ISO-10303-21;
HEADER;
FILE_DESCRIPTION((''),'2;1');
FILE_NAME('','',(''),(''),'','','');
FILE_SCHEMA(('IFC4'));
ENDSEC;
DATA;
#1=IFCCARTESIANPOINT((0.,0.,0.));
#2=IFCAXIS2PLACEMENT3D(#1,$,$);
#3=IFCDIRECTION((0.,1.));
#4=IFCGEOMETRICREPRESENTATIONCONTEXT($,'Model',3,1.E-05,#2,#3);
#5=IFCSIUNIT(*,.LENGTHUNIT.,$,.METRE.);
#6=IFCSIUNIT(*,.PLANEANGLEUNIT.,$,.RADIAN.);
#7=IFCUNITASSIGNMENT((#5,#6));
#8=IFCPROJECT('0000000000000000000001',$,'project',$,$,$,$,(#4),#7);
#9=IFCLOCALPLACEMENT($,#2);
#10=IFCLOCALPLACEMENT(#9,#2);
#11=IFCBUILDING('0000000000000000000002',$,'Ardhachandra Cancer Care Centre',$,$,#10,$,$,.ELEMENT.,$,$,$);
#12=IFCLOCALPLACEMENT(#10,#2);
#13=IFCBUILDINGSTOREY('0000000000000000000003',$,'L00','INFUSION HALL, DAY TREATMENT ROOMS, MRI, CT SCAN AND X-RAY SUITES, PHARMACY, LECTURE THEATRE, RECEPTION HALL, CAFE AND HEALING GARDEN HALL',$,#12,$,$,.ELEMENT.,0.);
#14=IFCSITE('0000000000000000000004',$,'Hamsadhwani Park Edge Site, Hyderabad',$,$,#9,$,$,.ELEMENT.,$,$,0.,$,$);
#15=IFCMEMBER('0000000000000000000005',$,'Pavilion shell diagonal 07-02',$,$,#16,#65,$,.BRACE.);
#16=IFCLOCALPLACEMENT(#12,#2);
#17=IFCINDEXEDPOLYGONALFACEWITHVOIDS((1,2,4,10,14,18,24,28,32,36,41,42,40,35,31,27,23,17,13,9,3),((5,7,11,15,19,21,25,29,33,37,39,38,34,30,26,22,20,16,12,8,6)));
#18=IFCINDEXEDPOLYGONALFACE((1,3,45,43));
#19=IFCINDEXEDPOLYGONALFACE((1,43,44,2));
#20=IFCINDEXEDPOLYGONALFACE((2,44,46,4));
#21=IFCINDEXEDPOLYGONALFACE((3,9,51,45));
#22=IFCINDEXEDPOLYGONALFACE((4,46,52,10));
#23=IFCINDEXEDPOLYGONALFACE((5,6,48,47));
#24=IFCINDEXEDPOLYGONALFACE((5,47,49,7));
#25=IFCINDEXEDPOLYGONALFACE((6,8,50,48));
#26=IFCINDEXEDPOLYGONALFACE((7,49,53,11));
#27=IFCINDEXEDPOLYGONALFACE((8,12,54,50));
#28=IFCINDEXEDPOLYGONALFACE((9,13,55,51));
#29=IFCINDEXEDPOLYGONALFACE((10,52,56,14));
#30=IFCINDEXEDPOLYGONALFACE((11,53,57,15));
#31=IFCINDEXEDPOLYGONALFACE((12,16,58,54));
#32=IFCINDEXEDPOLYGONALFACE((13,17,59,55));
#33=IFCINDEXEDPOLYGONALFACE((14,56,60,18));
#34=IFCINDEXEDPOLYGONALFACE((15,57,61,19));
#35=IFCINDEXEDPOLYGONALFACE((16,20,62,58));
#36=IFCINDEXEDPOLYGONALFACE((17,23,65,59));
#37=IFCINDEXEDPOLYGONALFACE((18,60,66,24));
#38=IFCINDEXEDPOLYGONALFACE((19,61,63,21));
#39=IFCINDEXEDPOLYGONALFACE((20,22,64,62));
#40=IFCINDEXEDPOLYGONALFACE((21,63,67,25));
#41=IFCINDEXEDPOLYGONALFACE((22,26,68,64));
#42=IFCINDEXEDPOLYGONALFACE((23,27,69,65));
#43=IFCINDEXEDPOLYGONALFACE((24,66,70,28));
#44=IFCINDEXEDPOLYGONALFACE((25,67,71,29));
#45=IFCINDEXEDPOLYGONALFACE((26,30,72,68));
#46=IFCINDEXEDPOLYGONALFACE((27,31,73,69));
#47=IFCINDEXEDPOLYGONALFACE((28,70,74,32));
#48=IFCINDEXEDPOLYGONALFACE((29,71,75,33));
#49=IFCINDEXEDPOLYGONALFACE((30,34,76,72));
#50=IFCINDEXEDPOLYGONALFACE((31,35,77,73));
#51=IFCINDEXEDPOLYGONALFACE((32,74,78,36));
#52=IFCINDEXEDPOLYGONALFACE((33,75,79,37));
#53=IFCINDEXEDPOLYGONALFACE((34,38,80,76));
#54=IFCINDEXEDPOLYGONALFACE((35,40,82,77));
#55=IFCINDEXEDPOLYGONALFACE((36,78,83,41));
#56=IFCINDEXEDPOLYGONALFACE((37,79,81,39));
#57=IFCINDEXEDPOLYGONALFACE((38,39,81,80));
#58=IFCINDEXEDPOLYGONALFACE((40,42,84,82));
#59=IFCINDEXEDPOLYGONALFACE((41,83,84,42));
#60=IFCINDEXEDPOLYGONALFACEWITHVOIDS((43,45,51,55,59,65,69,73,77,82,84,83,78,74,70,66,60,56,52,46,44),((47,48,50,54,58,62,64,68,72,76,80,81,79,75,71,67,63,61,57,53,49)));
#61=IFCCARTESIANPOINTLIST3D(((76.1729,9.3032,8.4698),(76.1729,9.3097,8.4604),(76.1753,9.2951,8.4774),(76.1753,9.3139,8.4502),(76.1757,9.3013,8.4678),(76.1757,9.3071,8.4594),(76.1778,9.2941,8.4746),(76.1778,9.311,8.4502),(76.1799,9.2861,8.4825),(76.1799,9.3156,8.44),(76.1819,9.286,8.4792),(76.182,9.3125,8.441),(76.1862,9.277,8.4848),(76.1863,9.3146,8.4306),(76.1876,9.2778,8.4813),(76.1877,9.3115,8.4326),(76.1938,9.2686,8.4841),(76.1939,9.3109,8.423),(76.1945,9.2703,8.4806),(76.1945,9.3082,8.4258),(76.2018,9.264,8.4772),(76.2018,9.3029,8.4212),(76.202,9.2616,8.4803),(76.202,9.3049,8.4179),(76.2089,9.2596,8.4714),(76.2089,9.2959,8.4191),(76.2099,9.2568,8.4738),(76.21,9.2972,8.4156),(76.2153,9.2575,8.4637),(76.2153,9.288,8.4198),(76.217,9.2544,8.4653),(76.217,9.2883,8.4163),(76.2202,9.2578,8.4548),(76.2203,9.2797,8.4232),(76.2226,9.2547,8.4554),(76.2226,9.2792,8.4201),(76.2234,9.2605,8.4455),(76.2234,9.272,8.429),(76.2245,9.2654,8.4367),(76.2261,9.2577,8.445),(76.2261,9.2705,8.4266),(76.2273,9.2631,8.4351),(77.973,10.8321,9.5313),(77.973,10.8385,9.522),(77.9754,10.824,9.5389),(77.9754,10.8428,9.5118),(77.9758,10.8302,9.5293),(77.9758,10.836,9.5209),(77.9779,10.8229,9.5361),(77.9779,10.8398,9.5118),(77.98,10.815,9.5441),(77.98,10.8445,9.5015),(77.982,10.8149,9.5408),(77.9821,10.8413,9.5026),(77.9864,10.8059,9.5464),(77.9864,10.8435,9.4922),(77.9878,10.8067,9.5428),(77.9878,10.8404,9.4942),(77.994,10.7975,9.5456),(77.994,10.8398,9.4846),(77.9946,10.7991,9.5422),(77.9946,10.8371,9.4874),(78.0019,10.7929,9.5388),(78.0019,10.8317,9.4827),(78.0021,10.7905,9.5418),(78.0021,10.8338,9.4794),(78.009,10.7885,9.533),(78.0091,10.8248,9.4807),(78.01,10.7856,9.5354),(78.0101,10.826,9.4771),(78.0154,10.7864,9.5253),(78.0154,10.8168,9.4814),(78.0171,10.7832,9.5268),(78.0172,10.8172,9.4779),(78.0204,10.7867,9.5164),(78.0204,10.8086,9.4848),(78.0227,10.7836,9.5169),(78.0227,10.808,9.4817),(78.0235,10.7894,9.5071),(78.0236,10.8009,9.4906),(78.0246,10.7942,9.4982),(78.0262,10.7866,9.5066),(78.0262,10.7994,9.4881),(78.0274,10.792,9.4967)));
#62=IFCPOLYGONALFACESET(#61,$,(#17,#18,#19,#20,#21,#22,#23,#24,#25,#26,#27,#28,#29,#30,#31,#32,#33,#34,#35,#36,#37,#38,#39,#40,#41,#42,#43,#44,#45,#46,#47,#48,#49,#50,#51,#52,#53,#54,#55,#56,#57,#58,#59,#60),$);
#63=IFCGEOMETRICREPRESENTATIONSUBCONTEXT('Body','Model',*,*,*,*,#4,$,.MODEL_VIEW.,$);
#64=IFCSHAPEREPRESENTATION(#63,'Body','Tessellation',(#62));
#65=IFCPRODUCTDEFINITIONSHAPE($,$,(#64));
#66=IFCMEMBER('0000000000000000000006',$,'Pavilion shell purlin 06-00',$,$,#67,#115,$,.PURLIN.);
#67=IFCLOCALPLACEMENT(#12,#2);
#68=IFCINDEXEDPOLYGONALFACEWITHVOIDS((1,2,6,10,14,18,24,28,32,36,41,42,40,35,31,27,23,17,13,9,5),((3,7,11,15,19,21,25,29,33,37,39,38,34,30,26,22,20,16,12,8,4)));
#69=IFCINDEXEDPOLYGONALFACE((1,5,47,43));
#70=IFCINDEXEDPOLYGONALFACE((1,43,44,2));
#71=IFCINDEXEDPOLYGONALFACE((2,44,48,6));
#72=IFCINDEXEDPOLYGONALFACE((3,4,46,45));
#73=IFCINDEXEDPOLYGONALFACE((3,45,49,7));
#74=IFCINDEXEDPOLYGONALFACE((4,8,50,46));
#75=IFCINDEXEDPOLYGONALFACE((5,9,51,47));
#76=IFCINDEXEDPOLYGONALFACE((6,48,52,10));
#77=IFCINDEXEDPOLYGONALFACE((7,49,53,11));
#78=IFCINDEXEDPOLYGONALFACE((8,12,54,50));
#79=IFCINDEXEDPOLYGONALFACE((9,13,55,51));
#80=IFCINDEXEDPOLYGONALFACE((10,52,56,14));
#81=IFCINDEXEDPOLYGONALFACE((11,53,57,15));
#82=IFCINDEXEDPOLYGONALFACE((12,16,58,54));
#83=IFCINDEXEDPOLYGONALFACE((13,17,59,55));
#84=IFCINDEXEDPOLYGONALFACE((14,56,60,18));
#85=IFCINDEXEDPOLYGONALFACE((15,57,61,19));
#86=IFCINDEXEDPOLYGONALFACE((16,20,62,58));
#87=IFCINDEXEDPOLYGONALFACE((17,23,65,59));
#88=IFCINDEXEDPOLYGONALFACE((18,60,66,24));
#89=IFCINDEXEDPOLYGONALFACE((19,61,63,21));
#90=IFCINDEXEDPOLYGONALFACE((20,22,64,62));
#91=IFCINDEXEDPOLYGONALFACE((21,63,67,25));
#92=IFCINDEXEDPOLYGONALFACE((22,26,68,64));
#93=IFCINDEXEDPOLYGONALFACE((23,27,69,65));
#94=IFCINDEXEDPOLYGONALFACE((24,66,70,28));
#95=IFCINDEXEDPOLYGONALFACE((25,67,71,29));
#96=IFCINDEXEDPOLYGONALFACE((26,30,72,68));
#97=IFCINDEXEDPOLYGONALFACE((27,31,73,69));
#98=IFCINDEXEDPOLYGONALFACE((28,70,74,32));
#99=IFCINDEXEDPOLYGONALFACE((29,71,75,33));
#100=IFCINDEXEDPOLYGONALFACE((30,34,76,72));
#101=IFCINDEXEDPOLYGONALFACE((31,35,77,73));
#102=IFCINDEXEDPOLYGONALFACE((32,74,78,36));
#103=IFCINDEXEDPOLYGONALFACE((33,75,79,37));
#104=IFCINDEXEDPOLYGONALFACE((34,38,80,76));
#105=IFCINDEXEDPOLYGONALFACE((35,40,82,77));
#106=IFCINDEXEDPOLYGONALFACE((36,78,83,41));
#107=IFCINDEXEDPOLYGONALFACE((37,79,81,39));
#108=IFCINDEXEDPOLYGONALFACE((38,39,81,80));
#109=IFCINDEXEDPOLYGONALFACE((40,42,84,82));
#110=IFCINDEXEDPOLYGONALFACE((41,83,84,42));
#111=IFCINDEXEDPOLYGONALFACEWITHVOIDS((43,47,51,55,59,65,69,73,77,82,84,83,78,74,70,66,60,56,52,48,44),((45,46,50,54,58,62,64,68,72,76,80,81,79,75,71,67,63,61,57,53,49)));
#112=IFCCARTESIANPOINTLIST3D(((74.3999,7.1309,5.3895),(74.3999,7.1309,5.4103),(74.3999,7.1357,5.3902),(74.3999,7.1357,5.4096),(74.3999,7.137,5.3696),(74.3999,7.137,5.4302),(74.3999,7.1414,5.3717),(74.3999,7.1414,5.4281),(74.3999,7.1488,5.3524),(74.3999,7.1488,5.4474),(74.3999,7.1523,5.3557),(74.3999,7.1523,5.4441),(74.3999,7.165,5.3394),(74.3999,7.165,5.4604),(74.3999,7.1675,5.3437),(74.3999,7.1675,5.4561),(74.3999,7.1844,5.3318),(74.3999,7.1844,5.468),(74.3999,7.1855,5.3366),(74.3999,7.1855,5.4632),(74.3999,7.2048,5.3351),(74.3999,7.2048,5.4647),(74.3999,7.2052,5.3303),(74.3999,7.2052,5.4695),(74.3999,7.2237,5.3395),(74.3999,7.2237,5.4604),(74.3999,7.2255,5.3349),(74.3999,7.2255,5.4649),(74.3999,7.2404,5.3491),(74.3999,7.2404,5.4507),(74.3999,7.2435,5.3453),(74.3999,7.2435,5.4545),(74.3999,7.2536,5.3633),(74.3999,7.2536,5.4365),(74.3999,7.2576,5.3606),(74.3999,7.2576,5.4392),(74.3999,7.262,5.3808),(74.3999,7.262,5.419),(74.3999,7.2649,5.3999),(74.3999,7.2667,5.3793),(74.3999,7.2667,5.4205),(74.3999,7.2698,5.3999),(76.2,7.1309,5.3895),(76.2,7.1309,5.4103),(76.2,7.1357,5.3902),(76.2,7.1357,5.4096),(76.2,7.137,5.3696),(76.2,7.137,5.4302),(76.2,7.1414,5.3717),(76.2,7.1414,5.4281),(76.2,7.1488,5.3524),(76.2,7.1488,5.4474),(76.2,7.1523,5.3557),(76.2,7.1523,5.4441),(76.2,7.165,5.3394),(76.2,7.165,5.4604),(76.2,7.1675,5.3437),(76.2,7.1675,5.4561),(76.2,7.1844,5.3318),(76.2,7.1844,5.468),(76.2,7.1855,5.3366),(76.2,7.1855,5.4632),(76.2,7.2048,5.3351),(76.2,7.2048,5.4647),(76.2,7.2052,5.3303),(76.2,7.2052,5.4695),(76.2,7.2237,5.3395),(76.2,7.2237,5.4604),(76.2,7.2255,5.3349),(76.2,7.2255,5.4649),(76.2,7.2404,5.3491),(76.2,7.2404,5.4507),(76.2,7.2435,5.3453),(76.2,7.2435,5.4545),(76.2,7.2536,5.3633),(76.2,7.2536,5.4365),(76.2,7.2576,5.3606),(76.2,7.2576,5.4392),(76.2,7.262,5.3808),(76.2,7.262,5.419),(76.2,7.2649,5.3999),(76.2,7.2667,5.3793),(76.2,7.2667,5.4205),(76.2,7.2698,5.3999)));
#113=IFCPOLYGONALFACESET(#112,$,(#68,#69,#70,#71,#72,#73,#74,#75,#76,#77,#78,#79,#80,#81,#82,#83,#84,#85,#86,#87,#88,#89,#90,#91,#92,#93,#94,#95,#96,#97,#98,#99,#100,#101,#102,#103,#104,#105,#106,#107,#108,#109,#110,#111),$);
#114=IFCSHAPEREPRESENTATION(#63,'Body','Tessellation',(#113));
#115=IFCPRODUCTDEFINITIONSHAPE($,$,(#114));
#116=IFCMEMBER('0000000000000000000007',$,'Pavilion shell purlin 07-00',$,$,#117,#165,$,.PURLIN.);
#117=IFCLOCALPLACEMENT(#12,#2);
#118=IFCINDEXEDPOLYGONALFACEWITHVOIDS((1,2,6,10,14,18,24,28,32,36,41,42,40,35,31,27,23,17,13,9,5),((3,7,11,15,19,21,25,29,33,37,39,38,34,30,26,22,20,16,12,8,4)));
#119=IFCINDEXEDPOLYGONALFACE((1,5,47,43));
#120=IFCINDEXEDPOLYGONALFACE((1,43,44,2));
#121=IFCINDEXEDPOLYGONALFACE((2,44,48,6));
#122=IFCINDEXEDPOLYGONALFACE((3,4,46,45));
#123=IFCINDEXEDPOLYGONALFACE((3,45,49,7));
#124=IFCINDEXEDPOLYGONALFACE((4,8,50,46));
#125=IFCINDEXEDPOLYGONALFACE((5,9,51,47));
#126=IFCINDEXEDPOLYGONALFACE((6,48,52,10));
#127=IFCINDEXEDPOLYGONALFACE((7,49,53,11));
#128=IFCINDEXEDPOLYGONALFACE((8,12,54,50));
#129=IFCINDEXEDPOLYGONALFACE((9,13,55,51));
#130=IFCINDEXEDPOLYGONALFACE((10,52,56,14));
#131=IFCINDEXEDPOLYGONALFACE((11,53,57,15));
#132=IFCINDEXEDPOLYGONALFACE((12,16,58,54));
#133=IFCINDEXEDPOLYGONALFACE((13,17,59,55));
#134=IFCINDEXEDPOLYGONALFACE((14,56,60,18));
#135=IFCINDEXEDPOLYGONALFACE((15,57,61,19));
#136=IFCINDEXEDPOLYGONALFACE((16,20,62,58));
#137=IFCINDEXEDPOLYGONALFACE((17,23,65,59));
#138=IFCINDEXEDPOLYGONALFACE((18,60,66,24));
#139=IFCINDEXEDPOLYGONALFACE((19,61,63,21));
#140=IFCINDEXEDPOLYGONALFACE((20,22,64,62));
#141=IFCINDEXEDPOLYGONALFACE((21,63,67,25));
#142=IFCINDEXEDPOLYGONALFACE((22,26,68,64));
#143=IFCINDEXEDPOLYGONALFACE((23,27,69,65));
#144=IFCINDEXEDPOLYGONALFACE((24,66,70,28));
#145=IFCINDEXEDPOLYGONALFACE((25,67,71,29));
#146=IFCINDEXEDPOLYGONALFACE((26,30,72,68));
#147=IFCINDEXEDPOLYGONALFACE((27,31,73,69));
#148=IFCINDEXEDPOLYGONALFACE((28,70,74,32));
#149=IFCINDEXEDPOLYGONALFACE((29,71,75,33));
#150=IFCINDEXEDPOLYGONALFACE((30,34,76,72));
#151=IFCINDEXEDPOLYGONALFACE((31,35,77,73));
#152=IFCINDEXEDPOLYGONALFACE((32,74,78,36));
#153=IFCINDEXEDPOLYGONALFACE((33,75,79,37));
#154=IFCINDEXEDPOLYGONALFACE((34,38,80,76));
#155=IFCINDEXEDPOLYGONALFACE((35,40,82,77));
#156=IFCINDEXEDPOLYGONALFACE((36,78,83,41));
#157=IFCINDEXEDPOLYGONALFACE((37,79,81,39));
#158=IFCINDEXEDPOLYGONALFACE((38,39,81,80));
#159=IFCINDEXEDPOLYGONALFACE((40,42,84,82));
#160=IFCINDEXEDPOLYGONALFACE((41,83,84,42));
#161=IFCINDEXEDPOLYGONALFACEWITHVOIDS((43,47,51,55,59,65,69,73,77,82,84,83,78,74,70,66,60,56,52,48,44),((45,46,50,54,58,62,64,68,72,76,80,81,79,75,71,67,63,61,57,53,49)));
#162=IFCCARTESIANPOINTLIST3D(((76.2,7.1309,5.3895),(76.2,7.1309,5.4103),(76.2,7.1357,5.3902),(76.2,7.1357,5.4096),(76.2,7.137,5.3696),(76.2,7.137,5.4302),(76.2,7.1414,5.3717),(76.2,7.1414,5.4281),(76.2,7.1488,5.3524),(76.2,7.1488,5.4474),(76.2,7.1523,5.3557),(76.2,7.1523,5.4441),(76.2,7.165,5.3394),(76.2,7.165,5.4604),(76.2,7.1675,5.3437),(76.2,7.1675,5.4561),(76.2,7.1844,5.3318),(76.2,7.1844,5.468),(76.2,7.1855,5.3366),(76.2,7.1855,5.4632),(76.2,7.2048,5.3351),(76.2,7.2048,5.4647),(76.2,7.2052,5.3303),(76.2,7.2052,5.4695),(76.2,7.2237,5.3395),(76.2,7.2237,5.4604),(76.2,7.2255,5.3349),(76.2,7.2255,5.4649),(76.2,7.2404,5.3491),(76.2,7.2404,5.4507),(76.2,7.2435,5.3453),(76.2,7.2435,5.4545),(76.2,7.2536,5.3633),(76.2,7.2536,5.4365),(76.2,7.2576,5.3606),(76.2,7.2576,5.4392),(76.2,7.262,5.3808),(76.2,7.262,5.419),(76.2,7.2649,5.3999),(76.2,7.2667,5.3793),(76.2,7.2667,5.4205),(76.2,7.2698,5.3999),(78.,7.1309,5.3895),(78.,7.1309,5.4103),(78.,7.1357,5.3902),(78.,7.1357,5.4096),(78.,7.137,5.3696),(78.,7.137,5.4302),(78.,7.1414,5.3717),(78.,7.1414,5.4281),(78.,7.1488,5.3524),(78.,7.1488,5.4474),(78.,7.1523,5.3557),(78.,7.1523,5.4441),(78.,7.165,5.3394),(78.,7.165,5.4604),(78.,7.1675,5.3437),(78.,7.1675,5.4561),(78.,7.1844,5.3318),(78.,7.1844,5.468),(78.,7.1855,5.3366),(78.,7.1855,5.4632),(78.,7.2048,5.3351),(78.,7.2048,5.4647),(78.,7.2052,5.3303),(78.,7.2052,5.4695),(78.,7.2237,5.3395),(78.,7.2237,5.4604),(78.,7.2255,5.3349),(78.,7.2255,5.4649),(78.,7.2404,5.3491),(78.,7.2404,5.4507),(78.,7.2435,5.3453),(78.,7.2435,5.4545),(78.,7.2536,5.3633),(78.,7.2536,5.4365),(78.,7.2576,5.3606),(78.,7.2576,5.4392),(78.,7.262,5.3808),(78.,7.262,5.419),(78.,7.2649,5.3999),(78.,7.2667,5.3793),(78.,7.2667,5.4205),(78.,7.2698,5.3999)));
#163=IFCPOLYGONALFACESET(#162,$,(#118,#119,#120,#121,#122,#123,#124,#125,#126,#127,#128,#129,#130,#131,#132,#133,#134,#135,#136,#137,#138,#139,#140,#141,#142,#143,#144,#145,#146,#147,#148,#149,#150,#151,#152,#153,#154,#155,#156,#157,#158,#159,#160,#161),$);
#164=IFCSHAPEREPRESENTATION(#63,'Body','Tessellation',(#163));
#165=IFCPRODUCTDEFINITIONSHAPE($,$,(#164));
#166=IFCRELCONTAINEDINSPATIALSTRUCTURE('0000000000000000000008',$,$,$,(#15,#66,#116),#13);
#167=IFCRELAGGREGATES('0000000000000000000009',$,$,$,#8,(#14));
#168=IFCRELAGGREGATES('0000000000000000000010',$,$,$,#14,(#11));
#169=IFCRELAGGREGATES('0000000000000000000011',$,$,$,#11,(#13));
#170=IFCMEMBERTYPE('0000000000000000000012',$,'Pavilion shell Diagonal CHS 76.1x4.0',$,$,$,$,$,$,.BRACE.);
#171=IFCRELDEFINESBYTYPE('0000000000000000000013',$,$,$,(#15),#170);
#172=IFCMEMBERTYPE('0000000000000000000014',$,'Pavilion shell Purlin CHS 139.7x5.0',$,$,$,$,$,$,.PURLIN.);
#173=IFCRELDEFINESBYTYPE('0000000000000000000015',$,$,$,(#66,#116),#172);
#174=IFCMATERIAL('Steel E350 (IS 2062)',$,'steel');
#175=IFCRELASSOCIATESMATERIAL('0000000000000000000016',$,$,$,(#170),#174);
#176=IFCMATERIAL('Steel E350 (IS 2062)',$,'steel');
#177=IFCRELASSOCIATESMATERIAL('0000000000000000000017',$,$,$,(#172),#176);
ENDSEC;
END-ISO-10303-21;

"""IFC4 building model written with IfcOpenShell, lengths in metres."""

from ifc_helpers import new_model, si_unit, direction, frame, origin, origin_2d, place, context, subcontext, project, spatial, hollow_circle, extrude, material, material_profile, profile_set, type_object, element, save


model = new_model("IFC4")

# Units and contexts
model_context = context("Model", 3, precision=1e-05, world=origin(), true_north=direction((0.0, 1.0)))
body_context = subcontext(model_context, "Body", "Model", "MODEL_VIEW")
ifc_project = project(units=[si_unit("LENGTHUNIT", "METRE"), si_unit("PLANEANGLEUNIT", "RADIAN")], contexts=[model_context])

# Site, building, storey
site_placement = place(None, origin())
site = spatial("IfcSite", under=ifc_project, at=site_placement, Name="Hamsadhwani Park Edge Site, Hyderabad", CompositionType="ELEMENT", RefElevation=0.0)
building_placement = place(site_placement, origin())
building = spatial("IfcBuilding", under=site, at=building_placement, Name="Ardhachandra Cancer Care Centre", CompositionType="ELEMENT")
storey_placement = place(building_placement, origin())
storey = spatial("IfcBuildingStorey", under=building, at=storey_placement, Name="L00", Description="INFUSION HALL, DAY TREATMENT ROOMS, MRI, CT SCAN AND X-RAY SUITES, PHARMACY, LECTURE THEATRE, RECEPTION HALL, CAFE AND HEALING GARDEN HALL", CompositionType="ELEMENT", Elevation=0.0)

# Members
ifc_material_1 = material(Name="Steel E350 (IS 2062)", Category="steel")
ifc_material_profile_1 = material_profile(ifc_material_1, hollow_circle(Radius=0.0381, WallThickness=0.0039, at=origin_2d()), Name="CHS 76.1x4.0")
ifc_profile_set_1 = profile_set([ifc_material_profile_1], Name="Steel E350 (IS 2062)")
member_type_1 = type_object("IfcMemberType", Name="Pavilion shell Diagonal CHS 76.1x4.0", PredefinedType="BRACE", material=ifc_profile_set_1)
member_1_placement = place(storey_placement, frame((76.2, 9.2849, 8.4502), z_axis=(0.695198, 0.590442, 0.409972), x_axis=(-0.647345, 0.762197, 0.0)))
element("IfcMember", 1, at=member_1_placement, inside=storey, type_object=member_type_1, Name="Pavilion shell diagonal 07-02", PredefinedType="BRACE", context=body_context, shape_type="SweptSolid", body=[
    extrude(hollow_circle(Radius=0.0381, WallThickness=0.0039, at=origin_2d()), origin(), (0.0, 0.0, 1.0), 2.5894),
])
ifc_material_2 = material(Name="Steel E350 (IS 2062)", Category="steel")
ifc_material_profile_2 = material_profile(ifc_material_2, hollow_circle(Radius=0.0698, WallThickness=0.0049, at=origin_2d()), Name="CHS 139.7x5.0")
ifc_profile_set_2 = profile_set([ifc_material_profile_2], Name="Steel E350 (IS 2062)")
member_type_2 = type_object("IfcMemberType", Name="Pavilion shell Purlin CHS 139.7x5.0", PredefinedType="PURLIN", material=ifc_profile_set_2)
for number, where, z_axis, x_axis, name in (
    (2, (74.3999, 7.2, 5.3999), (1.0, 0.0, 0.0), (0.0, 1.0, 0.0), "Pavilion shell purlin 06-00"),
    (3, (76.2, 7.2, 5.3999), (1.0, 0.0, 0.0), (0.0, 1.0, 0.0), "Pavilion shell purlin 07-00"),
):
    element("IfcMember", number, at=place(storey_placement, frame(where, z_axis=z_axis, x_axis=x_axis)), inside=storey, type_object=member_type_2, Name=name, PredefinedType="PURLIN", context=body_context, shape_type="SweptSolid", body=[
        extrude(hollow_circle(Radius=0.0698, WallThickness=0.0049, at=origin_2d()), origin(), (0.0, 0.0, 1.0), 1.8),
    ])

save(model, "model.ifc")
